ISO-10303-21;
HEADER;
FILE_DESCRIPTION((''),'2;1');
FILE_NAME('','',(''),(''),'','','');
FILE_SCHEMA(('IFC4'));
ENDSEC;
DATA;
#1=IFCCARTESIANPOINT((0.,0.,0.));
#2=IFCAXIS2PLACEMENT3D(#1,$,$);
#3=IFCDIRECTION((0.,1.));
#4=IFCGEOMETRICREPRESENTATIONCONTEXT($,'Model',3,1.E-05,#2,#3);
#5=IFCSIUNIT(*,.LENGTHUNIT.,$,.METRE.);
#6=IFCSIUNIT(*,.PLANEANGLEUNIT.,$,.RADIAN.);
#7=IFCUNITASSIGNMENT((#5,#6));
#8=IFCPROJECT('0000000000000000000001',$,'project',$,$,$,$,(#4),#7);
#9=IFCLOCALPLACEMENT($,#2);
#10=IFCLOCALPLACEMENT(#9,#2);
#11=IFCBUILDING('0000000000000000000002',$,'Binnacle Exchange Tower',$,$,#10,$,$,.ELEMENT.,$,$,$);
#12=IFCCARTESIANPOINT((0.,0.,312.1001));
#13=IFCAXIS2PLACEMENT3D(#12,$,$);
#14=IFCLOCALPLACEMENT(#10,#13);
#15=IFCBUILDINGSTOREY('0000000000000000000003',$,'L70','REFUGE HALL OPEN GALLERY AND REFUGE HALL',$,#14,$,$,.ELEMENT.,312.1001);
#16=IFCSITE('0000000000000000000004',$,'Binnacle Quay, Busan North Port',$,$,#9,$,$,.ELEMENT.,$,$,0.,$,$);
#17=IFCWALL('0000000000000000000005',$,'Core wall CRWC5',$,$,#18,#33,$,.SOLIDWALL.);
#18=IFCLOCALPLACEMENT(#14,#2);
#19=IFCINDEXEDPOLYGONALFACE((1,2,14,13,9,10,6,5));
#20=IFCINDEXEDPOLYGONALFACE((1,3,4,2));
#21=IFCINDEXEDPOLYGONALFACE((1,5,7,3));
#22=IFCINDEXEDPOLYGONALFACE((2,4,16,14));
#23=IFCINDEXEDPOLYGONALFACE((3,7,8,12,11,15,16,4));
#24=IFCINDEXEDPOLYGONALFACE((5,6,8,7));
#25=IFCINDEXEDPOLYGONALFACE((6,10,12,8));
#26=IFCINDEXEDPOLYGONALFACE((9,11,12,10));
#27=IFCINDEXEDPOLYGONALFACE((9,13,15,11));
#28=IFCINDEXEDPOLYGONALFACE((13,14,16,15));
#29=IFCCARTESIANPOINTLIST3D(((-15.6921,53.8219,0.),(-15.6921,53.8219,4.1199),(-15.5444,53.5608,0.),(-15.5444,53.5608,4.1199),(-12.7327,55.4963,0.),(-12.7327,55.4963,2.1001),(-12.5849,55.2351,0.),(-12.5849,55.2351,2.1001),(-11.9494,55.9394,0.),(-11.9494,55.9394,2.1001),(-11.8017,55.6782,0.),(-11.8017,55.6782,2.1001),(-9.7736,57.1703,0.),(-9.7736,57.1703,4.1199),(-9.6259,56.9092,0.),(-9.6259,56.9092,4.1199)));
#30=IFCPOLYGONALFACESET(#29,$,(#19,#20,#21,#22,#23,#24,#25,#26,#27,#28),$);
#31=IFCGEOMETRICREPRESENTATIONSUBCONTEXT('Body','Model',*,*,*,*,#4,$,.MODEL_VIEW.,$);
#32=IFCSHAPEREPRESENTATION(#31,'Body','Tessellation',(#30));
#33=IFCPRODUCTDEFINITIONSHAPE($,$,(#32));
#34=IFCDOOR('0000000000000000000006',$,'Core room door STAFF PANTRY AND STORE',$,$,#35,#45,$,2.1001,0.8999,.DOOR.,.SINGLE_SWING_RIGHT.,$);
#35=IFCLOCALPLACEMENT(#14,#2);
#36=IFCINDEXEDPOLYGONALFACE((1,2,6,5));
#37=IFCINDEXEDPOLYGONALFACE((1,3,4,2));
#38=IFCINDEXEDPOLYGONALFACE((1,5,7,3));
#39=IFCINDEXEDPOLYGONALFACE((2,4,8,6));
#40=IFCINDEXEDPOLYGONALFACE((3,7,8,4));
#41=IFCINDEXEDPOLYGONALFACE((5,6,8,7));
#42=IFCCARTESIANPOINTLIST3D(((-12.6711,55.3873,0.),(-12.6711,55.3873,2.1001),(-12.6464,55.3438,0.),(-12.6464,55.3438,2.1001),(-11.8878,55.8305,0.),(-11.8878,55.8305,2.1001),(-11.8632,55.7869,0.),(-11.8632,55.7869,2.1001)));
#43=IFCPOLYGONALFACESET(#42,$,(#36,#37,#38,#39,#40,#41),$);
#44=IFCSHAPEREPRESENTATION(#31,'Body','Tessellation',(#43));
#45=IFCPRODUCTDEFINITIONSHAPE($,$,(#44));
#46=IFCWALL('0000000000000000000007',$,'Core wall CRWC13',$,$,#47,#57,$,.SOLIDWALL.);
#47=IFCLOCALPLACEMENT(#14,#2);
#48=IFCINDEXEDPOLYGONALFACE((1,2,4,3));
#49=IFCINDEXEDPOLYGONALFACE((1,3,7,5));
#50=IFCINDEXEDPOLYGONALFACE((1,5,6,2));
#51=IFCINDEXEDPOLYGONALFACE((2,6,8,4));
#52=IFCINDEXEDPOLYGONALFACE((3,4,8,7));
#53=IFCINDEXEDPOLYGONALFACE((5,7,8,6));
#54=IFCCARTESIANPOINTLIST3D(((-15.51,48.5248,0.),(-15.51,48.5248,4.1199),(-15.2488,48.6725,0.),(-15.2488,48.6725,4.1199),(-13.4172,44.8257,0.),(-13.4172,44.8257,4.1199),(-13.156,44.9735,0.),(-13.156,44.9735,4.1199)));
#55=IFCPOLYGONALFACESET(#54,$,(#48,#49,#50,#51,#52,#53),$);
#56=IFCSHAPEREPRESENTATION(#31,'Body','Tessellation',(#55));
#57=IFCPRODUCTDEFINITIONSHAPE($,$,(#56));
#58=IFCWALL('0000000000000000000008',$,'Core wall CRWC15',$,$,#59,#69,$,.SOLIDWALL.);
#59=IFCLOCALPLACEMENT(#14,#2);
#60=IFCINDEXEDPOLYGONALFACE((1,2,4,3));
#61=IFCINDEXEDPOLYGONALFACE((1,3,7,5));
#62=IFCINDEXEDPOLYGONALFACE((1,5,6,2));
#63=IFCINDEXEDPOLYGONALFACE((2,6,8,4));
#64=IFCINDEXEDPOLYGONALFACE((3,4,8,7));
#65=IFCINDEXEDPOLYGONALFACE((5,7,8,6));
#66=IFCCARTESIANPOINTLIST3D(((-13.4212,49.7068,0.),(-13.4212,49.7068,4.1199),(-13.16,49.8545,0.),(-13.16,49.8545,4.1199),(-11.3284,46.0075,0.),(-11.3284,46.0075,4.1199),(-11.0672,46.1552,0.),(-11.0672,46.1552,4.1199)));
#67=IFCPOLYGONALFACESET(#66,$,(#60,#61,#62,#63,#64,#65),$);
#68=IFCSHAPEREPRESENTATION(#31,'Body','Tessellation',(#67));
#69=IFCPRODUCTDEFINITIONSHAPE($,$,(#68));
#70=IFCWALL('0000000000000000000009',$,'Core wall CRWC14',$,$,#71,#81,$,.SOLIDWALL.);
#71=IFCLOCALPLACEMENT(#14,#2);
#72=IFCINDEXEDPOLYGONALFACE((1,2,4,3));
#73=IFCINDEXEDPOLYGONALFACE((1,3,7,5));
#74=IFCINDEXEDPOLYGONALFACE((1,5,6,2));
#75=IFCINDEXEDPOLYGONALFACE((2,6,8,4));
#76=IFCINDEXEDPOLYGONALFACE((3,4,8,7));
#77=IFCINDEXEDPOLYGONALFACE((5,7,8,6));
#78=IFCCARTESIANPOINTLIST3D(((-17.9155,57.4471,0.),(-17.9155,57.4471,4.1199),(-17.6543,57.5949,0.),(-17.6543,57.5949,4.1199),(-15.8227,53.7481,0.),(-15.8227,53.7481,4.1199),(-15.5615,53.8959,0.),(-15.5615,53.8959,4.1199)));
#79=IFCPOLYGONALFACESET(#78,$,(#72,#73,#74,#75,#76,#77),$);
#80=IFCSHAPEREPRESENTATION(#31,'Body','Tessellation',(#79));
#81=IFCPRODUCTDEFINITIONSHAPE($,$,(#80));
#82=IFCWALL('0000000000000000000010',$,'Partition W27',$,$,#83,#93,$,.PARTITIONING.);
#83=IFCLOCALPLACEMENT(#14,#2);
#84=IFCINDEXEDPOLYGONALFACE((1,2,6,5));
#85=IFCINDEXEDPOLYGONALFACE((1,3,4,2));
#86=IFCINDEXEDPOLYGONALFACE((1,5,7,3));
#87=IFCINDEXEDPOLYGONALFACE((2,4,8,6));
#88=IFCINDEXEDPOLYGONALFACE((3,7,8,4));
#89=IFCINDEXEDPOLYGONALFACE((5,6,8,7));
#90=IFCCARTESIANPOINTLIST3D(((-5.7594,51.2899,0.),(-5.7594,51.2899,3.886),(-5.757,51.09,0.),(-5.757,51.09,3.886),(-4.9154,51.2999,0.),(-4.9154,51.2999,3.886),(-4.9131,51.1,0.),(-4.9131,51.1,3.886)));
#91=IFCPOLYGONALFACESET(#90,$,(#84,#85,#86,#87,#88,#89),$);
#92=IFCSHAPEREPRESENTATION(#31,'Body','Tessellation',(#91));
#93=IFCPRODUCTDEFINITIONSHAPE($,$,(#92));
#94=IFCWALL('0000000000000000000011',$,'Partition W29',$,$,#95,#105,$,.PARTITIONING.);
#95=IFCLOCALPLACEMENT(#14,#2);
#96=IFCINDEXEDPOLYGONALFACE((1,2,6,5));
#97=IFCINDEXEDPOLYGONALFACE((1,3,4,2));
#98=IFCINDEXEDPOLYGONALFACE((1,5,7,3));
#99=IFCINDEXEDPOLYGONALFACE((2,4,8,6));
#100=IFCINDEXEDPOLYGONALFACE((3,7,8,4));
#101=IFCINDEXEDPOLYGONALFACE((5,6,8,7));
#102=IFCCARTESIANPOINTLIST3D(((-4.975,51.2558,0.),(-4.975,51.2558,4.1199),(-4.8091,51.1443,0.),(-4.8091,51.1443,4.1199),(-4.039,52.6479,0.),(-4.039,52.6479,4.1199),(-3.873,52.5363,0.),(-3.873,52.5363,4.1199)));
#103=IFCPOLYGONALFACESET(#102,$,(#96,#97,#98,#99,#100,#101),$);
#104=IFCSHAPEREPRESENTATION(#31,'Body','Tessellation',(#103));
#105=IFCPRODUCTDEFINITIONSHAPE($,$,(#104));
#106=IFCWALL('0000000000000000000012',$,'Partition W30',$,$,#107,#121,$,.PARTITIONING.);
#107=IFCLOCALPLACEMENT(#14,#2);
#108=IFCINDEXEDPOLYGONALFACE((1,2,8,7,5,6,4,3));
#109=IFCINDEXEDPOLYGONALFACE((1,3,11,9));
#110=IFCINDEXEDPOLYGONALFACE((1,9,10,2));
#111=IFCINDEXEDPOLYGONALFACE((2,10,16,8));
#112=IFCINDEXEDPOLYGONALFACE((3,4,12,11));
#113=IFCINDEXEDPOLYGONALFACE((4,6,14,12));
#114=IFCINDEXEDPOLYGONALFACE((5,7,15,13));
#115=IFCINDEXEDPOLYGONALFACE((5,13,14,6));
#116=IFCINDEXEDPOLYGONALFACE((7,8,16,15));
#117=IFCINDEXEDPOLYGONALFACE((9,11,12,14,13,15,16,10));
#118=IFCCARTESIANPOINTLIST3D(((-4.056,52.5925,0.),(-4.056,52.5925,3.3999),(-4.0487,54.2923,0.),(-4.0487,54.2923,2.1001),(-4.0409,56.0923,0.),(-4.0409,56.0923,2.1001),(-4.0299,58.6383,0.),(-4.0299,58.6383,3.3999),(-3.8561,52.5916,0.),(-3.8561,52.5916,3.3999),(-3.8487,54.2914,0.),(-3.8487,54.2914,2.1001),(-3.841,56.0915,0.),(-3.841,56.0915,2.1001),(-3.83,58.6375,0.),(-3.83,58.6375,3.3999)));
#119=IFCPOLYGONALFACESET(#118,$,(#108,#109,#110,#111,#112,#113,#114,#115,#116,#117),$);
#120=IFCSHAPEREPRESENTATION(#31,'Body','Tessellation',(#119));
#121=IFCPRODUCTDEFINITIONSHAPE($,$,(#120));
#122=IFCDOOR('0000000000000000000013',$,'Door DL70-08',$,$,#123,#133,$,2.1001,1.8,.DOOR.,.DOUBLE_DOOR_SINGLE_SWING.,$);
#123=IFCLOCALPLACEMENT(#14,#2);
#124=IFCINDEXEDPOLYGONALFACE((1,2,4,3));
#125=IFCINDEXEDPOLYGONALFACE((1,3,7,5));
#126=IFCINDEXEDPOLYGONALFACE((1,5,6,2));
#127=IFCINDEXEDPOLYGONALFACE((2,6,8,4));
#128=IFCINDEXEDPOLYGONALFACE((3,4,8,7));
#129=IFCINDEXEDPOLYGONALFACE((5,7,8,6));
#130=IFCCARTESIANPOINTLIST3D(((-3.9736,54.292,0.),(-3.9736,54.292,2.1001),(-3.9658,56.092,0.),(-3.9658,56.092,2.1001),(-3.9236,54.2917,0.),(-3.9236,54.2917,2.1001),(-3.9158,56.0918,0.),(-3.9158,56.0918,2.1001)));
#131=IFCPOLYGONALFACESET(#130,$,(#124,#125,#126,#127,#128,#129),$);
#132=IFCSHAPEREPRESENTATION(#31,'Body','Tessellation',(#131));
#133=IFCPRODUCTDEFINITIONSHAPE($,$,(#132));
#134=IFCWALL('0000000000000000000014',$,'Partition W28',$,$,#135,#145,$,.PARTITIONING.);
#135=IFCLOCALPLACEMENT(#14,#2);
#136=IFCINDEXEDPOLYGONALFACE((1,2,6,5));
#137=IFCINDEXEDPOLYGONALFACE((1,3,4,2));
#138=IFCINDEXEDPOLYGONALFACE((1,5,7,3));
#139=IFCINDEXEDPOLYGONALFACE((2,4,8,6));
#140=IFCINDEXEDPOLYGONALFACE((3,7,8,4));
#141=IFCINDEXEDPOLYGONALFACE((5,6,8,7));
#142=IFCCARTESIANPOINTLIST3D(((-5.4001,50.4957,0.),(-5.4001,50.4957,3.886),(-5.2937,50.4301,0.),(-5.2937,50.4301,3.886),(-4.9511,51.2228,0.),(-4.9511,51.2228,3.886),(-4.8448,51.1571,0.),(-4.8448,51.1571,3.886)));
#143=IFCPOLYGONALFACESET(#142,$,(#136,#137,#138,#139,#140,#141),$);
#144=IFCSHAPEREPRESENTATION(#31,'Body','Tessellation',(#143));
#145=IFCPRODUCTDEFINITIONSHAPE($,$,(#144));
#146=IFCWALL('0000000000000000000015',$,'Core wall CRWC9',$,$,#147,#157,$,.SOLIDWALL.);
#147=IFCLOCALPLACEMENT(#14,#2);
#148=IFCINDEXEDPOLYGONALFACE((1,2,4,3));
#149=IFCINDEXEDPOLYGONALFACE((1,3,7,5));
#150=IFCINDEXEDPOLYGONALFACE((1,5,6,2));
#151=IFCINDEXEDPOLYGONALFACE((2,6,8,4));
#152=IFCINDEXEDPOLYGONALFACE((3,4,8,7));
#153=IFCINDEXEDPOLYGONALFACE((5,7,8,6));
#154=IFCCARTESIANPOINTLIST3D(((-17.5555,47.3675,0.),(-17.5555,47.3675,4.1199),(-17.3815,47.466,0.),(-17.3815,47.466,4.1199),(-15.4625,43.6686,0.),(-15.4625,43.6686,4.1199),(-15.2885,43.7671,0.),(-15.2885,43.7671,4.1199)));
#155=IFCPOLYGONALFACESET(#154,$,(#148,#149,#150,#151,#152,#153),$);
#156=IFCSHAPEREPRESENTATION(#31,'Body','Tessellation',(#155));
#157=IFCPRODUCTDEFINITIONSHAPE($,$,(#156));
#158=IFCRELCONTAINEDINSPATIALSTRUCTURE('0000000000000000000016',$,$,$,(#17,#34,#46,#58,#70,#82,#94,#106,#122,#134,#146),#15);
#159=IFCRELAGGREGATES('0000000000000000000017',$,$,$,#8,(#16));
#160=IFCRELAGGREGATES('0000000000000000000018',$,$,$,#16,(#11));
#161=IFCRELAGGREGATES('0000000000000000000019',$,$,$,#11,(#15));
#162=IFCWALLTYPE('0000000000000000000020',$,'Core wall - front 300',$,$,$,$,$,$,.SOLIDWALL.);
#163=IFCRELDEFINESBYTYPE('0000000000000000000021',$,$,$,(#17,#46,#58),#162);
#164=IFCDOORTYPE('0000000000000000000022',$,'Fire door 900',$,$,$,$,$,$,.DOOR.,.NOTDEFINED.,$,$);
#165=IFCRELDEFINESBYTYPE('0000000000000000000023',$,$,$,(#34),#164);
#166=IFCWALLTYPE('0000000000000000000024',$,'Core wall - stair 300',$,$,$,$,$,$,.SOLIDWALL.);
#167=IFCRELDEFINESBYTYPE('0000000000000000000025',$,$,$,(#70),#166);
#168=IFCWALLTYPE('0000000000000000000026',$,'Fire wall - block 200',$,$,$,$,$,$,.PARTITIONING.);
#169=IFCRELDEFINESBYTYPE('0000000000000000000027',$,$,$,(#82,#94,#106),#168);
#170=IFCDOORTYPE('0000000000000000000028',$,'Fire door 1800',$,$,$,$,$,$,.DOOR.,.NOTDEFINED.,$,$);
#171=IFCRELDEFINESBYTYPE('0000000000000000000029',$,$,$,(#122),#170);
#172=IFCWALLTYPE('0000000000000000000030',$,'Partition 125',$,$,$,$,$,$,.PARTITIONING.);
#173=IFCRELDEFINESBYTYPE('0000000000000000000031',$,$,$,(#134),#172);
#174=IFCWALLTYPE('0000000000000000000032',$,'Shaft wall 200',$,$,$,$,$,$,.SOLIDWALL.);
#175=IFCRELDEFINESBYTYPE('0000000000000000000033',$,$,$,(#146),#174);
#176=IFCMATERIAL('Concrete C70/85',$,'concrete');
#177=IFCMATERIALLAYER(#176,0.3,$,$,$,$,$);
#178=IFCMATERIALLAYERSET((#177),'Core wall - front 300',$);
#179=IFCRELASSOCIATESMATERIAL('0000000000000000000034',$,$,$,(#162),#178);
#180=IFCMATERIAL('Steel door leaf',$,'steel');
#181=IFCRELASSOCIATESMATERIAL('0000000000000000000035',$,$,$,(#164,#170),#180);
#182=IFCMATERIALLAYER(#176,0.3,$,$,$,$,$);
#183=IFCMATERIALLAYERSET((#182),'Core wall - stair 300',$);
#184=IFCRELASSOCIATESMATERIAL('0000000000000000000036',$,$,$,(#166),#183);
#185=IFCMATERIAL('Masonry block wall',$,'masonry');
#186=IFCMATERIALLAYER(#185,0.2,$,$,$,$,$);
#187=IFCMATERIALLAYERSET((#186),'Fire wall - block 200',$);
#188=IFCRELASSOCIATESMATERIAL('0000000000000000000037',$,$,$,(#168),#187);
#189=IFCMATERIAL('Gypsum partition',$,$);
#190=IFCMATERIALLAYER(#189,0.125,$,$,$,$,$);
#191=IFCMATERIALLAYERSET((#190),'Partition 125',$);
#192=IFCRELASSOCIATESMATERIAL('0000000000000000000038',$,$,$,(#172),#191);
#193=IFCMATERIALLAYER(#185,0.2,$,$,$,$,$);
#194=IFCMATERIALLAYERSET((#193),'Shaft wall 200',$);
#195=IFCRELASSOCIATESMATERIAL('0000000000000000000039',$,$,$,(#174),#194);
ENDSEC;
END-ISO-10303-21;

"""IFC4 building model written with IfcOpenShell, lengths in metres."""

from ifc_helpers import new_model, si_unit, direction, frame, frame_2d, origin, place, context, subcontext, project, spatial, rectangle, extrude, material, layer, layer_set, type_object, element, fill, save


model = new_model("IFC4")

# Units and contexts
model_context = context("Model", 3, precision=1e-05, world=origin(), true_north=direction((0.0, 1.0)))
body_context = subcontext(model_context, "Body", "Model", "MODEL_VIEW")
ifc_project = project(units=[si_unit("LENGTHUNIT", "METRE"), si_unit("PLANEANGLEUNIT", "RADIAN")], contexts=[model_context])

# Site, building, storey
site_placement = place(None, origin())
site = spatial("IfcSite", under=ifc_project, at=site_placement, Name="Binnacle Quay, Busan North Port", CompositionType="ELEMENT", RefElevation=0.0)
building_placement = place(site_placement, origin())
building = spatial("IfcBuilding", under=site, at=building_placement, Name="Binnacle Exchange Tower", CompositionType="ELEMENT")
storey_placement = place(building_placement, frame((0.0, 0.0, 312.1001)))
storey = spatial("IfcBuildingStorey", under=building, at=storey_placement, Name="L70", Description="REFUGE HALL OPEN GALLERY AND REFUGE HALL", CompositionType="ELEMENT", Elevation=312.1001)

# Shared definitions
ifc_material_1 = material(Name="Concrete C70/85", Category="concrete")
ifc_layer_1 = layer(ifc_material_1, 0.3)
ifc_layer_set_1 = layer_set([ifc_layer_1], Name="Core wall - front 300")
wall_type_1 = type_object("IfcWallType", Name="Core wall - front 300", PredefinedType="SOLIDWALL", material=ifc_layer_set_1)
ifc_material_2 = material(Name="Steel door leaf", Category="steel")
door_type_1 = type_object("IfcDoorType", Name="Fire door 900", OperationType="NOTDEFINED", PredefinedType="DOOR", material=ifc_material_2)

# Wall, opening, door
wall_1_placement = place(storey_placement, frame((-15.6182, 53.6914, 0.0), z_axis=(0.0, 0.0, 1.0), x_axis=(0.870363, 0.492411, 0.0)))
wall_1 = element("IfcWall", 1, at=wall_1_placement, inside=storey, type_object=wall_type_1, Name="Core wall CRWC5", PredefinedType="SOLIDWALL", context=body_context, shape_type="SweptSolid", body=[
    extrude(rectangle(XDim=6.8, YDim=0.3, at=frame_2d((3.3999, 0.0))), origin(), (0.0, 0.0, 1.0), 4.1199),
])
opening_1_placement = place(wall_1_placement, frame((3.4001, 0.0, 0.0)))
opening_1 = element("IfcOpeningElement", 2, at=opening_1_placement, cuts=wall_1, PredefinedType="OPENING", context=body_context, shape_type="SweptSolid", body=[
    extrude(rectangle(XDim=0.8999, YDim=2.1001, at=frame_2d((0.45, 1.05))), frame((0.0, 0.1599, 0.0), z_axis=(0.0, -1.0, 0.0), x_axis=(1.0, 0.0, 0.0)), (0.0, 0.0, 1.0), 0.3201),
])
door_1_placement = place(opening_1_placement, origin())
door_1 = element("IfcDoor", 3, at=door_1_placement, inside=storey, type_object=door_type_1, Name="Core room door STAFF PANTRY AND STORE", OperationType="SINGLE_SWING_RIGHT", OverallHeight=2.1001, OverallWidth=0.8999, PredefinedType="DOOR", context=body_context, shape_type="SweptSolid", body=[
    extrude(rectangle(XDim=0.8999, YDim=2.1001, at=frame_2d((0.45, 1.05))), frame((0.0, 0.0249, 0.0), z_axis=(0.0, -1.0, 0.0), x_axis=(1.0, 0.0, 0.0)), (0.0, 0.0, 1.0), 0.05),
])
fill(opening_1, door_1)

# Walls
wall_2_placement = place(storey_placement, frame((-15.3794, 48.5986, 0.0), z_axis=(0.0, 0.0, 1.0), x_axis=(0.492423, -0.870356, 0.0)))
element("IfcWall", 4, at=wall_2_placement, inside=storey, type_object=wall_type_1, Name="Core wall CRWC13", PredefinedType="SOLIDWALL", context=body_context, shape_type="SweptSolid", body=[
    extrude(rectangle(XDim=4.25, YDim=0.3, at=frame_2d((2.125, 0.0))), origin(), (0.0, 0.0, 1.0), 4.1199),
])
wall_3_placement = place(storey_placement, frame((-13.2905, 49.7805, 0.0), z_axis=(0.0, 0.0, 1.0), x_axis=(0.492398, -0.87037, 0.0)))
element("IfcWall", 5, at=wall_3_placement, inside=storey, type_object=wall_type_1, Name="Core wall CRWC15", PredefinedType="SOLIDWALL", context=body_context, shape_type="SweptSolid", body=[
    extrude(rectangle(XDim=4.2502, YDim=0.3, at=frame_2d((2.125, 0.0))), origin(), (0.0, 0.0, 1.0), 4.1199),
])
ifc_layer_2 = layer(ifc_material_1, 0.3)
ifc_layer_set_2 = layer_set([ifc_layer_2], Name="Core wall - stair 300")
wall_type_2 = type_object("IfcWallType", Name="Core wall - stair 300", PredefinedType="SOLIDWALL", material=ifc_layer_set_2)
wall_4_placement = place(storey_placement, frame((-17.7849, 57.521, 0.0), z_axis=(0.0, 0.0, 1.0), x_axis=(0.492423, -0.870356, 0.0)))
element("IfcWall", 6, at=wall_4_placement, inside=storey, type_object=wall_type_2, Name="Core wall CRWC14", PredefinedType="SOLIDWALL", context=body_context, shape_type="SweptSolid", body=[
    extrude(rectangle(XDim=4.25, YDim=0.3, at=frame_2d((2.125, 0.0))), origin(), (0.0, 0.0, 1.0), 4.1199),
])
ifc_material_3 = material(Name="Masonry block wall", Category="masonry")
ifc_layer_3 = layer(ifc_material_3, 0.2)
ifc_layer_set_3 = layer_set([ifc_layer_3], Name="Fire wall - block 200")
wall_type_3 = type_object("IfcWallType", Name="Fire wall - block 200", PredefinedType="PARTITIONING", material=ifc_layer_set_3)
wall_5_placement = place(storey_placement, frame((-5.7581, 51.1899, 0.0), z_axis=(0.0, 0.0, 1.0), x_axis=(0.99993, 0.011859, 0.0)))
element("IfcWall", 7, at=wall_5_placement, inside=storey, type_object=wall_type_3, Name="Partition W27", PredefinedType="PARTITIONING", context=body_context, shape_type="SweptSolid", body=[
    extrude(rectangle(XDim=0.844, YDim=0.2, at=frame_2d((0.4219, 0.0))), origin(), (0.0, 0.0, 1.0), 3.886),
])
wall_6_placement = place(storey_placement, frame((-4.8921, 51.2, 0.0), z_axis=(0.0, 0.0, 1.0), x_axis=(0.557987, 0.82985, 0.0)))
element("IfcWall", 8, at=wall_6_placement, inside=storey, type_object=wall_type_3, Name="Partition W29", PredefinedType="PARTITIONING", context=body_context, shape_type="SweptSolid", body=[
    extrude(rectangle(XDim=1.6775, YDim=0.2, at=frame_2d((0.8389, 0.0))), origin(), (0.0, 0.0, 1.0), 4.1199),
])

# Wall, opening, door
wall_7_placement = place(storey_placement, frame((-3.9561, 52.592, 0.0), z_axis=(0.0, 0.0, 1.0), x_axis=(0.004321, 0.999991, 0.0)))
wall_7 = element("IfcWall", 9, at=wall_7_placement, inside=storey, type_object=wall_type_3, Name="Partition W30", PredefinedType="PARTITIONING", context=body_context, shape_type="SweptSolid", body=[
    extrude(rectangle(XDim=6.0459, YDim=0.2, at=frame_2d((3.0229, 0.0))), origin(), (0.0, 0.0, 1.0), 3.3999),
])
opening_2_placement = place(wall_7_placement, frame((1.7, 0.0, 0.0)))
opening_2 = element("IfcOpeningElement", 10, at=opening_2_placement, cuts=wall_7, PredefinedType="OPENING", context=body_context, shape_type="SweptSolid", body=[
    extrude(rectangle(XDim=1.8, YDim=2.1001, at=frame_2d((0.8999, 1.05))), frame((0.0, 0.1099, 0.0), z_axis=(0.0, -1.0, 0.0), x_axis=(1.0, 0.0, 0.0)), (0.0, 0.0, 1.0), 0.22),
])
door_type_2 = type_object("IfcDoorType", Name="Fire door 1800", OperationType="NOTDEFINED", PredefinedType="DOOR", material=ifc_material_2)
door_2_placement = place(opening_2_placement, origin())
door_2 = element("IfcDoor", 11, at=door_2_placement, inside=storey, type_object=door_type_2, Name="Door DL70-08", OperationType="DOUBLE_DOOR_SINGLE_SWING", OverallHeight=2.1001, OverallWidth=1.8, PredefinedType="DOOR", context=body_context, shape_type="SweptSolid", body=[
    extrude(rectangle(XDim=1.8, YDim=2.1001, at=frame_2d((0.8999, 1.05))), frame((0.0, 0.0249, 0.0), z_axis=(0.0, -1.0, 0.0), x_axis=(1.0, 0.0, 0.0)), (0.0, 0.0, 1.0), 0.05),
])
fill(opening_2, door_2)

# Walls
ifc_material_4 = material(Name="Gypsum partition")
ifc_layer_4 = layer(ifc_material_4, 0.125)
ifc_layer_set_4 = layer_set([ifc_layer_4], Name="Partition 125")
wall_type_4 = type_object("IfcWallType", Name="Partition 125", PredefinedType="PARTITIONING", material=ifc_layer_set_4)
wall_8_placement = place(storey_placement, frame((-5.3469, 50.4629, 0.0), z_axis=(0.0, 0.0, 1.0), x_axis=(0.52542, 0.850843, 0.0)))
element("IfcWall", 12, at=wall_8_placement, inside=storey, type_object=wall_type_4, Name="Partition W28", PredefinedType="PARTITIONING", context=body_context, shape_type="SweptSolid", body=[
    extrude(rectangle(XDim=0.8545, YDim=0.125, at=frame_2d((0.4272, 0.0))), origin(), (0.0, 0.0, 1.0), 3.886),
])
ifc_layer_5 = layer(ifc_material_3, 0.2)
ifc_layer_set_5 = layer_set([ifc_layer_5], Name="Shaft wall 200")
wall_type_5 = type_object("IfcWallType", Name="Shaft wall 200", PredefinedType="SOLIDWALL", material=ifc_layer_set_5)
wall_9_placement = place(storey_placement, frame((-17.4685, 47.4167, 0.0), z_axis=(0.0, 0.0, 1.0), x_axis=(0.492466, -0.870332, 0.0)))
element("IfcWall", 13, at=wall_9_placement, inside=storey, type_object=wall_type_5, Name="Core wall CRWC9", PredefinedType="SOLIDWALL", context=body_context, shape_type="SweptSolid", body=[
    extrude(rectangle(XDim=4.25, YDim=0.2, at=frame_2d((2.125, 0.0))), origin(), (0.0, 0.0, 1.0), 4.1199),
])

save(model, "model.ifc")
